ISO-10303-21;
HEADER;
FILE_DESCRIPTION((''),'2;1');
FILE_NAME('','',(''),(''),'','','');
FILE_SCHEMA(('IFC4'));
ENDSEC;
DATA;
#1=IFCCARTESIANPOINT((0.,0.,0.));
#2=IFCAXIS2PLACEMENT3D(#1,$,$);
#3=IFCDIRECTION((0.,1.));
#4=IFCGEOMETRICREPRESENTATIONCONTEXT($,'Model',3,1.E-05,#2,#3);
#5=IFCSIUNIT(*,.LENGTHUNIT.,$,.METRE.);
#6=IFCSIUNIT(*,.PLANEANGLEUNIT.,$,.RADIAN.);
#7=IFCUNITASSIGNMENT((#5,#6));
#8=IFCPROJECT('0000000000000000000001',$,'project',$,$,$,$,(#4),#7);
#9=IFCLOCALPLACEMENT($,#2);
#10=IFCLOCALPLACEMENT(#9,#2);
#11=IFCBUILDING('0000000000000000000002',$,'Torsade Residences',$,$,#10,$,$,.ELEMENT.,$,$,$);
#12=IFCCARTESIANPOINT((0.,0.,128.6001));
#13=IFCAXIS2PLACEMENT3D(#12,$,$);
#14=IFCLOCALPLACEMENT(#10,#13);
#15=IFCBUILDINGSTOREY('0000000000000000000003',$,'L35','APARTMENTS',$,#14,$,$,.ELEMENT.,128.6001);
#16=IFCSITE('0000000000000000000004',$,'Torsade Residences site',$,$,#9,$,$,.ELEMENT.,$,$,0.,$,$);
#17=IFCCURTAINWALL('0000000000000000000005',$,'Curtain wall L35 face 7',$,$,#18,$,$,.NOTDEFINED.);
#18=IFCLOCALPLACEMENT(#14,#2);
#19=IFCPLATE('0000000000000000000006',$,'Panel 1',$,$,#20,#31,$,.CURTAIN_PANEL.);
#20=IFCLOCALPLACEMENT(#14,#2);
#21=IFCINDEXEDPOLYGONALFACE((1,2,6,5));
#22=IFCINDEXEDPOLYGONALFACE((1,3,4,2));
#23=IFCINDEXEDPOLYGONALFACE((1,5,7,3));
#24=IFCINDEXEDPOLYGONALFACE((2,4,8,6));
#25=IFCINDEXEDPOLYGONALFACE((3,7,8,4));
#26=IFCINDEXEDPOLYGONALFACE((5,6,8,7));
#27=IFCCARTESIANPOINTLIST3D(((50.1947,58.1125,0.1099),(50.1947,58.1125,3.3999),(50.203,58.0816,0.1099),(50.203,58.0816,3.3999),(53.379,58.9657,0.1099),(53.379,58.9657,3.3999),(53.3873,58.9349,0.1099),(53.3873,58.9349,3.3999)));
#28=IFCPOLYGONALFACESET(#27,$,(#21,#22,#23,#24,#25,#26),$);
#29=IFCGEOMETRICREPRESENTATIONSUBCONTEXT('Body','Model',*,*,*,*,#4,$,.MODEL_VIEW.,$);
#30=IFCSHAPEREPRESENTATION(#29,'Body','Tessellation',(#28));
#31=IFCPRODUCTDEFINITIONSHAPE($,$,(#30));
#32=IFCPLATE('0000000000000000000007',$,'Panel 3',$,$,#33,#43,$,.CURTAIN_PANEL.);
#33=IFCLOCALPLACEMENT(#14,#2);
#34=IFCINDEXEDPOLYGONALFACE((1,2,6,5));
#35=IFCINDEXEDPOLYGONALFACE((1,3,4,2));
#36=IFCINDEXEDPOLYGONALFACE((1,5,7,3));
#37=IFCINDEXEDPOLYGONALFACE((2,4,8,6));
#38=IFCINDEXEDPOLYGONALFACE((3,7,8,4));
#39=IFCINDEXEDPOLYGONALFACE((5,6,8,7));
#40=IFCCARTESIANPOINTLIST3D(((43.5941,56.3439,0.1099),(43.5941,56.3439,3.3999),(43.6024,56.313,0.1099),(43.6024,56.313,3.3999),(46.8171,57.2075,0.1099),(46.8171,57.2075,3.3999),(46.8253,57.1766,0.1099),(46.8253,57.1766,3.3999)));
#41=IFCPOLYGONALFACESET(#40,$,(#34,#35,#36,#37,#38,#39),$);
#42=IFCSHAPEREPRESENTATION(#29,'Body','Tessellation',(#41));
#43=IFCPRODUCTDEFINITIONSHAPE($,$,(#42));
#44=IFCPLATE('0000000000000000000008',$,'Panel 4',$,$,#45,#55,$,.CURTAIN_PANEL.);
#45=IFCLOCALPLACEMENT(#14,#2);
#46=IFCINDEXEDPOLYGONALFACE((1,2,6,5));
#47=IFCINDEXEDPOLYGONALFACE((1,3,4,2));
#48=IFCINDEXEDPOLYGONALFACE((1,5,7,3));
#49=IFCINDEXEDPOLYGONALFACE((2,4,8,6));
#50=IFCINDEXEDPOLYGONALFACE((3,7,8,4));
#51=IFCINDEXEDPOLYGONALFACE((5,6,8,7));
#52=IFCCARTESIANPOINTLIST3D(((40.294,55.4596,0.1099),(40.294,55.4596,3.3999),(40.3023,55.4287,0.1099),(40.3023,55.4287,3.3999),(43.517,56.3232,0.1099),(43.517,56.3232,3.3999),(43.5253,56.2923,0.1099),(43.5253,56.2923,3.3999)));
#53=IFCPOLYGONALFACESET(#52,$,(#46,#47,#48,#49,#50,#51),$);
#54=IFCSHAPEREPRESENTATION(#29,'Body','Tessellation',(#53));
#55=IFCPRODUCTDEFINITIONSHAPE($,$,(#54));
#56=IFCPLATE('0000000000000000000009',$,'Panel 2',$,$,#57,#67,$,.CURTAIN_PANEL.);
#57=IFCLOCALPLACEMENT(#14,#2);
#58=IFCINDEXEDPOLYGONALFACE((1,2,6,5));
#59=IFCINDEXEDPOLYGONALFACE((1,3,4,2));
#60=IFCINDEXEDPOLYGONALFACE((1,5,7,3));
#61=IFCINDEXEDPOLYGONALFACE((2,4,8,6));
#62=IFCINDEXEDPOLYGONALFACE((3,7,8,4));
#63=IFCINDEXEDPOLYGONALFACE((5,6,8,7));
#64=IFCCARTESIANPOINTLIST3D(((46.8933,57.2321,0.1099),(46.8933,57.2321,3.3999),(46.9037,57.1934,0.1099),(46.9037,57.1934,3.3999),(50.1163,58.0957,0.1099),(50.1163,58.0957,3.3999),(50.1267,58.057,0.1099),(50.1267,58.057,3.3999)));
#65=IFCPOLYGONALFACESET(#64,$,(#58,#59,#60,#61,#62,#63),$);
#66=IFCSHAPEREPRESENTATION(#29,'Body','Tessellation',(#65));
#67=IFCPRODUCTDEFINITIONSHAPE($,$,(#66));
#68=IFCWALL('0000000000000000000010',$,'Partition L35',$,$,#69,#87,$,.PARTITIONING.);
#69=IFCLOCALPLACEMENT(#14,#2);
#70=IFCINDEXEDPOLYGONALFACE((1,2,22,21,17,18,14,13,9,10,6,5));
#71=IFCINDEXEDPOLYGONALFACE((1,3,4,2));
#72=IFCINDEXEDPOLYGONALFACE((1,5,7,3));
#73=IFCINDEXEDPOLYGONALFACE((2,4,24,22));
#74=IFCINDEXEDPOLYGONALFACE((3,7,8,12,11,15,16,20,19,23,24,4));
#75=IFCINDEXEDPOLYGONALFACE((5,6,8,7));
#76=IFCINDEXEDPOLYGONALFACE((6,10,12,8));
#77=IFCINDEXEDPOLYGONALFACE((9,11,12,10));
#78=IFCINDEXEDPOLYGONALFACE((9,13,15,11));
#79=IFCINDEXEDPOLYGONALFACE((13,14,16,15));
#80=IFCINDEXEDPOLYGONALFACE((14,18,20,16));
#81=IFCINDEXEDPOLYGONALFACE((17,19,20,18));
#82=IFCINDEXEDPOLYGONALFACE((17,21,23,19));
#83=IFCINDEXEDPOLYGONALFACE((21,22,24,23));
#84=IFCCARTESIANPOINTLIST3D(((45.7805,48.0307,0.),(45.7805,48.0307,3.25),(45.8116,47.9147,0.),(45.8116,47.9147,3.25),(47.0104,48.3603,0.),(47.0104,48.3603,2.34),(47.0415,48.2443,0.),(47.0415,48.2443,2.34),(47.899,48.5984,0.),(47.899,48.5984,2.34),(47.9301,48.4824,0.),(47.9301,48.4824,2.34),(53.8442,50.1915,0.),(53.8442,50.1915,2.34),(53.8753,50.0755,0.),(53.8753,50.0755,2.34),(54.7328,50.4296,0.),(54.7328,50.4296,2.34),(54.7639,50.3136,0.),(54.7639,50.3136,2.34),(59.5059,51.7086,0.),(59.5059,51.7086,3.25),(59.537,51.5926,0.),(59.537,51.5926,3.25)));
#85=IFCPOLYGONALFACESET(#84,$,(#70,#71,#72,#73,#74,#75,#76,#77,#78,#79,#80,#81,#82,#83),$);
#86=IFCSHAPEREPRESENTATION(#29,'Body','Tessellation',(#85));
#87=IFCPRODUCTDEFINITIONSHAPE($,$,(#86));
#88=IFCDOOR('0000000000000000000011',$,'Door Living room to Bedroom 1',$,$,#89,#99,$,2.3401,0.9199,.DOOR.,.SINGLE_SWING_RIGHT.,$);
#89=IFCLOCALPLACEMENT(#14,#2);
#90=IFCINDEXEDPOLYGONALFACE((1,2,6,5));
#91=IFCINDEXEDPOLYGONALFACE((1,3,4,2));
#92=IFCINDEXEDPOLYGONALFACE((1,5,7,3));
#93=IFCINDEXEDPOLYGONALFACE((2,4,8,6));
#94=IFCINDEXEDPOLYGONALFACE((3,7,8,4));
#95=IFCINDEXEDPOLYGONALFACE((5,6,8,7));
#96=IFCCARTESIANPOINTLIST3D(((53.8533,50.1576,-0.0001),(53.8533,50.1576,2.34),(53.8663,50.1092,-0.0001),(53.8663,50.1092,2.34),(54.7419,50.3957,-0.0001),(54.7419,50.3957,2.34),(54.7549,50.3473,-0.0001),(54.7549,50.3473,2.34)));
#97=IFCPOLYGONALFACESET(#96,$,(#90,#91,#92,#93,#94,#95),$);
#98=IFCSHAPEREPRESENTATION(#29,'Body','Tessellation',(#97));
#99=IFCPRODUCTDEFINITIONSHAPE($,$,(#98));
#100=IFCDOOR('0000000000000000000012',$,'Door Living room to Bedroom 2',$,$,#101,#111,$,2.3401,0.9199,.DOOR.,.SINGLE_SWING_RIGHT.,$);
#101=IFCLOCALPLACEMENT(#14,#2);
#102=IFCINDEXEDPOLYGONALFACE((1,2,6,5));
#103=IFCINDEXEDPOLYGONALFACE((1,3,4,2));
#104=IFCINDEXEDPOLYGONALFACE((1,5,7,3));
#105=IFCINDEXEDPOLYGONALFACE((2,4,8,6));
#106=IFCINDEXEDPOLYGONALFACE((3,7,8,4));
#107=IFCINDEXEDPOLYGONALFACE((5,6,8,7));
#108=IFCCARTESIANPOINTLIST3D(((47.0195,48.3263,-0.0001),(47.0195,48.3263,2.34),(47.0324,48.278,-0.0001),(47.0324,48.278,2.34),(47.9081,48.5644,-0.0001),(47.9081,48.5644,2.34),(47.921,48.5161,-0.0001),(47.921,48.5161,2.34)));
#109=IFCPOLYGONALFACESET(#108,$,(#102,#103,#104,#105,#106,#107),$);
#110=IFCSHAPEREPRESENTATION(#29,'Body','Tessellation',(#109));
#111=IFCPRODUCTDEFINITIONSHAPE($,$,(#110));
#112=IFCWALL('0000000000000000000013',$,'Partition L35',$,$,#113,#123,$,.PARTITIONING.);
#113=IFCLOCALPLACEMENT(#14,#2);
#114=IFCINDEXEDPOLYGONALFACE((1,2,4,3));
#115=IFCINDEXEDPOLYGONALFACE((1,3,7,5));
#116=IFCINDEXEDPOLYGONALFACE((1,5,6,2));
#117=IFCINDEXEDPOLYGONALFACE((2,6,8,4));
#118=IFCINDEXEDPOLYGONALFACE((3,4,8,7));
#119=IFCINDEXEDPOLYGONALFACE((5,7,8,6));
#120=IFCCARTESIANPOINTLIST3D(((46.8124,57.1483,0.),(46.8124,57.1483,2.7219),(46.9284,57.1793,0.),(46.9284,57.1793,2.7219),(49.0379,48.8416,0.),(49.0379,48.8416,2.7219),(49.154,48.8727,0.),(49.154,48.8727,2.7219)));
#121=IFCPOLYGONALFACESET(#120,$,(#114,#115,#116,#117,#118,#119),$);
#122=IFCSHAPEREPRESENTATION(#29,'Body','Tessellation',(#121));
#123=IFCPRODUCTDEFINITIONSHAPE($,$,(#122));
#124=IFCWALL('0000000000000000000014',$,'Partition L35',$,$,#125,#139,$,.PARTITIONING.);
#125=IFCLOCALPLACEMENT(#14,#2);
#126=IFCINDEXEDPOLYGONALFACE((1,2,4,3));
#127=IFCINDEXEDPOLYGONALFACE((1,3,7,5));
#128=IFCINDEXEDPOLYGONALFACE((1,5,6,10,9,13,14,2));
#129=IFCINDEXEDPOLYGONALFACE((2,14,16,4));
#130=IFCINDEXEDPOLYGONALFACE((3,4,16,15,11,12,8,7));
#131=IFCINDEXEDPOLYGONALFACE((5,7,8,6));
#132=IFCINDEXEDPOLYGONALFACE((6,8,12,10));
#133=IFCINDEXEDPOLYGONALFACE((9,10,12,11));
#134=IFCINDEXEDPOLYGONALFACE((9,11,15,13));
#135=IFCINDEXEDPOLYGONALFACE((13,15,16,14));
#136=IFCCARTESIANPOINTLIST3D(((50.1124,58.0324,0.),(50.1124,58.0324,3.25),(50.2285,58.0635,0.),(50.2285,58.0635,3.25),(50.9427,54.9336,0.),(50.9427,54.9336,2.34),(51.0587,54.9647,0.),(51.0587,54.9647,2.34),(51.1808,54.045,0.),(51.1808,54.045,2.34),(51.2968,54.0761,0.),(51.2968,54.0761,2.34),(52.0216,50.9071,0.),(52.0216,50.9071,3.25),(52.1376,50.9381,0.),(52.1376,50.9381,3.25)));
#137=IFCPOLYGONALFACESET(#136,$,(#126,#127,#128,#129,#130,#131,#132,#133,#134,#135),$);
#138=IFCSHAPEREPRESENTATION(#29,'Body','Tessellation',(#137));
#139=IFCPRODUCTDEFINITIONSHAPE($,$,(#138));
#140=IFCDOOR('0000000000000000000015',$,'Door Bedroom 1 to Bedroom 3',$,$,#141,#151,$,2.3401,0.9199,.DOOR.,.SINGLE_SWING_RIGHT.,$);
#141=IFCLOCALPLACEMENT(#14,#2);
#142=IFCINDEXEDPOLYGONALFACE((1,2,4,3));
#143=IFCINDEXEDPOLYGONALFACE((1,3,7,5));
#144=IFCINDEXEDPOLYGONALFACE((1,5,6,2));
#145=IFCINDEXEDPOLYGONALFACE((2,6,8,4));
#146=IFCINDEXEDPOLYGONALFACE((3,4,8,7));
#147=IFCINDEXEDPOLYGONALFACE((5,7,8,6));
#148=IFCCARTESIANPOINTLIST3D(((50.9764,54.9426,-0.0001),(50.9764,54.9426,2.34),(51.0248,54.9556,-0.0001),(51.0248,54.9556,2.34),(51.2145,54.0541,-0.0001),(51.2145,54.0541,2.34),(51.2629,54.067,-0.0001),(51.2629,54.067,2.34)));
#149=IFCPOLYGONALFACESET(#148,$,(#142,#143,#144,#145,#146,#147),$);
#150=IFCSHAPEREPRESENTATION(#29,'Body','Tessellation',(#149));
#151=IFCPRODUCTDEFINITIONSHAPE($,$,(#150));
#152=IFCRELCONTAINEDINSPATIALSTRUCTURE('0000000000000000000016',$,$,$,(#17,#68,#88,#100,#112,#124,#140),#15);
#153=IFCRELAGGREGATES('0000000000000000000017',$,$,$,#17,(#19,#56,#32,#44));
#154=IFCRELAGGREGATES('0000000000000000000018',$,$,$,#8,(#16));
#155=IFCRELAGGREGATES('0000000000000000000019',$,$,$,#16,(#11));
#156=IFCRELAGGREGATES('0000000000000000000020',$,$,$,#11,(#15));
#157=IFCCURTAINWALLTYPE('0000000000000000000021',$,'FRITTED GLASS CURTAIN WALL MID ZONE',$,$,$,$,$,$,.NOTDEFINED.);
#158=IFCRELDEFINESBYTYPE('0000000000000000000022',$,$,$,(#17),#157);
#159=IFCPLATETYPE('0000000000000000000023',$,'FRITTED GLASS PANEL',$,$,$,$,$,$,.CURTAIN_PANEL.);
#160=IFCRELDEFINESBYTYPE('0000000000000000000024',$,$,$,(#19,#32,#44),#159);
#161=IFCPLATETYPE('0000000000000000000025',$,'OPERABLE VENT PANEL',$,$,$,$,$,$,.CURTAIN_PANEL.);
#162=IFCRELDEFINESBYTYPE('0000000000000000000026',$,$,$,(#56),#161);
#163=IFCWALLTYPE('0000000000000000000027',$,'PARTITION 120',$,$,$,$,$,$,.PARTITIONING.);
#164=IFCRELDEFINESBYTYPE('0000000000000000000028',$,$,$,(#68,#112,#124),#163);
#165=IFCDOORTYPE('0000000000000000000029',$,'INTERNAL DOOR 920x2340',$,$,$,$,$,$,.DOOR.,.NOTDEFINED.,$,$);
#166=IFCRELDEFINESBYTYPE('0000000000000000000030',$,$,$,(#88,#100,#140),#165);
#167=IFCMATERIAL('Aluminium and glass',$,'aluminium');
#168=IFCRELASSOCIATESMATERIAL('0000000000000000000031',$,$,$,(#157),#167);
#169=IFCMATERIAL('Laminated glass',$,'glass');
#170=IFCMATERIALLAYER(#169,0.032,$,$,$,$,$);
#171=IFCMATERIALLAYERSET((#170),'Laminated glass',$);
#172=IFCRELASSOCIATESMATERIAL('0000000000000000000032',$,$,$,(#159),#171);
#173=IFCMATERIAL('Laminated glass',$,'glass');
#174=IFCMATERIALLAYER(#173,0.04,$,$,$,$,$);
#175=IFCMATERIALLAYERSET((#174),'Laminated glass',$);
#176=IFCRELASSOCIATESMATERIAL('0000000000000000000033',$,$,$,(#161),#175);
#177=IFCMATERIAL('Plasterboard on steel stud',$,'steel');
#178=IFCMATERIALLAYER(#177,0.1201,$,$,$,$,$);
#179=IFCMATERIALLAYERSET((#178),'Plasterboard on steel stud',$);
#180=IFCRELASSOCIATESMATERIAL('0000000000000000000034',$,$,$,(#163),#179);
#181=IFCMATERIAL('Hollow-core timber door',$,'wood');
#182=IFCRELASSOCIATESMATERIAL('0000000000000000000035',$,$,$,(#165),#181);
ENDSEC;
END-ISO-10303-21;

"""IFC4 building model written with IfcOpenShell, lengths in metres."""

from ifc_helpers import new_model, si_unit, direction, frame, frame_2d, origin, origin_2d, place, context, subcontext, project, spatial, rectangle, extrude, material, layer, layer_set, type_object, element, fill, aggregate, save


model = new_model("IFC4")

# Units and contexts
model_context = context("Model", 3, precision=1e-05, world=origin(), true_north=direction((0.0, 1.0)))
body_context = subcontext(model_context, "Body", "Model", "MODEL_VIEW")
ifc_project = project(units=[si_unit("LENGTHUNIT", "METRE"), si_unit("PLANEANGLEUNIT", "RADIAN")], contexts=[model_context])

# Site, building, storey
site_placement = place(None, origin())
site = spatial("IfcSite", under=ifc_project, at=site_placement, Name="Torsade Residences site", CompositionType="ELEMENT", RefElevation=0.0)
building_placement = place(site_placement, origin())
building = spatial("IfcBuilding", under=site, at=building_placement, Name="Torsade Residences", CompositionType="ELEMENT")
storey_placement = place(building_placement, frame((0.0, 0.0, 128.6001)))
storey = spatial("IfcBuildingStorey", under=building, at=storey_placement, Name="L35", Description="APARTMENTS", CompositionType="ELEMENT", Elevation=128.6001)

# Curtain wall
ifc_material_1 = material(Name="Aluminium and glass", Category="aluminium")
curtain_wall_type = type_object("IfcCurtainWallType", Name="FRITTED GLASS CURTAIN WALL MID ZONE", PredefinedType="NOTDEFINED", material=ifc_material_1)
curtain_wall_placement = place(storey_placement, origin())
curtain_wall = element("IfcCurtainWall", 1, at=curtain_wall_placement, inside=storey, type_object=curtain_wall_type, Name="Curtain wall L35 face 7", PredefinedType="NOTDEFINED")

# Plates
ifc_material_2 = material(Name="Laminated glass", Category="glass")
ifc_layer_1 = layer(ifc_material_2, 0.032)
ifc_layer_set_1 = layer_set([ifc_layer_1], Name="Laminated glass")
plate_type_1 = type_object("IfcPlateType", Name="FRITTED GLASS PANEL", PredefinedType="CURTAIN_PANEL", material=ifc_layer_set_1)
plate_1_placement = place(storey_placement, frame((51.791, 58.5237, 0.1099), z_axis=(0.0, 0.0, 1.0), x_axis=(-0.965926, -0.258819, 0.0)))
plate_1 = element("IfcPlate", 2, at=plate_1_placement, type_object=plate_type_1, Name="Panel 1", PredefinedType="CURTAIN_PANEL", context=body_context, shape_type="SweptSolid", body=[
    extrude(rectangle(XDim=3.2966, YDim=0.032, at=origin_2d()), origin(), (0.0, 0.0, 1.0), 3.29),
])
plate_2_placement = place(storey_placement, frame((45.2097, 56.7603, 0.1099), z_axis=(0.0, 0.0, 1.0), x_axis=(-0.965926, -0.258819, 0.0)))
plate_2 = element("IfcPlate", 3, at=plate_2_placement, type_object=plate_type_1, Name="Panel 3", PredefinedType="CURTAIN_PANEL", context=body_context, shape_type="SweptSolid", body=[
    extrude(rectangle(XDim=3.3367, YDim=0.032, at=origin_2d()), origin(), (0.0, 0.0, 1.0), 3.29),
])
plate_3_placement = place(storey_placement, frame((41.9097, 55.876, 0.1099), z_axis=(0.0, 0.0, 1.0), x_axis=(-0.965926, -0.258819, 0.0)))
plate_3 = element("IfcPlate", 4, at=plate_3_placement, type_object=plate_type_1, Name="Panel 4", PredefinedType="CURTAIN_PANEL", context=body_context, shape_type="SweptSolid", body=[
    extrude(rectangle(XDim=3.3367, YDim=0.032, at=origin_2d()), origin(), (0.0, 0.0, 1.0), 3.29),
])
ifc_material_3 = material(Name="Laminated glass", Category="glass")
ifc_layer_2 = layer(ifc_material_3, 0.04)
ifc_layer_set_2 = layer_set([ifc_layer_2], Name="Laminated glass")
plate_type_2 = type_object("IfcPlateType", Name="OPERABLE VENT PANEL", PredefinedType="CURTAIN_PANEL", material=ifc_layer_set_2)
plate_4_placement = place(storey_placement, frame((48.51, 57.6445, 0.1099), z_axis=(0.0, 0.0, 1.0), x_axis=(-0.965926, -0.258819, 0.0)))
plate_4 = element("IfcPlate", 5, at=plate_4_placement, type_object=plate_type_2, Name="Panel 2", PredefinedType="CURTAIN_PANEL", context=body_context, shape_type="SweptSolid", body=[
    extrude(rectangle(XDim=3.3367, YDim=0.04, at=origin_2d()), origin(), (0.0, 0.0, 1.0), 3.29),
])
aggregate(curtain_wall, [plate_1, plate_4, plate_2, plate_3])

# Wall, openings, doors
ifc_material_4 = material(Name="Plasterboard on steel stud", Category="steel")
ifc_layer_3 = layer(ifc_material_4, 0.1201)
ifc_layer_set_3 = layer_set([ifc_layer_3], Name="Plasterboard on steel stud")
wall_type_1 = type_object("IfcWallType", Name="PARTITION 120", PredefinedType="PARTITIONING", material=ifc_layer_set_3)
wall_1_placement = place(storey_placement, frame((45.7959, 47.9727, 0.0), z_axis=(0.0, 0.0, 1.0), x_axis=(0.965922, 0.258833, 0.0)))
wall_1 = element("IfcWall", 6, at=wall_1_placement, inside=storey, type_object=wall_type_1, Name="Partition L35", PredefinedType="PARTITIONING", context=body_context, shape_type="SweptSolid", body=[
    extrude(rectangle(XDim=14.2097, YDim=0.1201, at=frame_2d((7.105, 0.0))), origin(), (0.0, 0.0, 1.0), 3.25),
])
opening_1_placement = place(wall_1_placement, frame((8.3484, 0.0, 0.0)))
opening_1 = element("IfcOpeningElement", 7, at=opening_1_placement, cuts=wall_1, PredefinedType="OPENING", context=body_context, shape_type="SweptSolid", body=[
    extrude(rectangle(XDim=0.9199, YDim=2.3401, at=frame_2d((0.46, 1.1699))), frame((0.0, 0.0701, 0.0), z_axis=(0.0, -1.0, 0.0), x_axis=(1.0, 0.0, 0.0)), (0.0, 0.0, 1.0), 0.1401),
])
opening_2_placement = place(wall_1_placement, frame((1.2734, 0.0, 0.0)))
opening_2 = element("IfcOpeningElement", 8, at=opening_2_placement, cuts=wall_1, PredefinedType="OPENING", context=body_context, shape_type="SweptSolid", body=[
    extrude(rectangle(XDim=0.9199, YDim=2.3401, at=frame_2d((0.46, 1.1699))), frame((0.0, 0.0701, 0.0), z_axis=(0.0, -1.0, 0.0), x_axis=(1.0, 0.0, 0.0)), (0.0, 0.0, 1.0), 0.1401),
])
ifc_material_5 = material(Name="Hollow-core timber door", Category="wood")
door_type_1 = type_object("IfcDoorType", Name="INTERNAL DOOR 920x2340", OperationType="NOTDEFINED", PredefinedType="DOOR", material=ifc_material_5)
door_1_placement = place(opening_1_placement, origin())
door_1 = element("IfcDoor", 9, at=door_1_placement, inside=storey, type_object=door_type_1, Name="Door Living room to Bedroom 1", OperationType="SINGLE_SWING_RIGHT", OverallHeight=2.3401, OverallWidth=0.9199, PredefinedType="DOOR", context=body_context, shape_type="SweptSolid", body=[
    extrude(rectangle(XDim=0.9199, YDim=2.3401, at=frame_2d((0.46, 1.1699))), frame((0.0, 0.0249, 0.0), z_axis=(0.0, -1.0, 0.0), x_axis=(1.0, 0.0, 0.0)), (0.0, 0.0, 1.0), 0.05),
])
fill(opening_1, door_1)
door_2_placement = place(opening_2_placement, origin())
door_2 = element("IfcDoor", 10, at=door_2_placement, inside=storey, type_object=door_type_1, Name="Door Living room to Bedroom 2", OperationType="SINGLE_SWING_RIGHT", OverallHeight=2.3401, OverallWidth=0.9199, PredefinedType="DOOR", context=body_context, shape_type="SweptSolid", body=[
    extrude(rectangle(XDim=0.9199, YDim=2.3401, at=frame_2d((0.46, 1.1699))), frame((0.0, 0.0249, 0.0), z_axis=(0.0, -1.0, 0.0), x_axis=(1.0, 0.0, 0.0)), (0.0, 0.0, 1.0), 0.05),
])
fill(opening_2, door_2)

# Wall
wall_2_placement = place(storey_placement, frame((49.0959, 48.8572, 0.0), z_axis=(0.0, 0.0, 1.0), x_axis=(-0.2588, 0.965931, 0.0)))
element("IfcWall", 11, at=wall_2_placement, inside=storey, type_object=wall_type_1, Name="Partition L35", PredefinedType="PARTITIONING", context=body_context, shape_type="SweptSolid", body=[
    extrude(rectangle(XDim=8.5996, YDim=0.1201, at=frame_2d((4.2998, 0.0))), origin(), (0.0, 0.0, 1.0), 2.7219),
])

# Wall, opening, door
wall_3_placement = place(storey_placement, frame((50.1704, 58.0481, 0.0), z_axis=(0.0, 0.0, 1.0), x_axis=(0.258808, -0.965929, 0.0)))
wall_3 = element("IfcWall", 12, at=wall_3_placement, inside=storey, type_object=wall_type_1, Name="Partition L35", PredefinedType="PARTITIONING", context=body_context, shape_type="SweptSolid", body=[
    extrude(rectangle(XDim=7.3767, YDim=0.1201, at=frame_2d((3.6885, 0.0))), origin(), (0.0, 0.0, 1.0), 3.25),
])
opening_3_placement = place(wall_3_placement, frame((3.2083, 0.0, 0.0)))
opening_3 = element("IfcOpeningElement", 13, at=opening_3_placement, cuts=wall_3, PredefinedType="OPENING", context=body_context, shape_type="SweptSolid", body=[
    extrude(rectangle(XDim=0.9199, YDim=2.3401, at=frame_2d((0.46, 1.1699))), frame((0.0, 0.0701, 0.0), z_axis=(0.0, -1.0, 0.0), x_axis=(1.0, 0.0, 0.0)), (0.0, 0.0, 1.0), 0.1401),
])
door_3_placement = place(opening_3_placement, origin())
door_3 = element("IfcDoor", 14, at=door_3_placement, inside=storey, type_object=door_type_1, Name="Door Bedroom 1 to Bedroom 3", OperationType="SINGLE_SWING_RIGHT", OverallHeight=2.3401, OverallWidth=0.9199, PredefinedType="DOOR", context=body_context, shape_type="SweptSolid", body=[
    extrude(rectangle(XDim=0.9199, YDim=2.3401, at=frame_2d((0.46, 1.1699))), frame((0.0, 0.0249, 0.0), z_axis=(0.0, -1.0, 0.0), x_axis=(1.0, 0.0, 0.0)), (0.0, 0.0, 1.0), 0.05),
])
fill(opening_3, door_3)

save(model, "model.ifc")
